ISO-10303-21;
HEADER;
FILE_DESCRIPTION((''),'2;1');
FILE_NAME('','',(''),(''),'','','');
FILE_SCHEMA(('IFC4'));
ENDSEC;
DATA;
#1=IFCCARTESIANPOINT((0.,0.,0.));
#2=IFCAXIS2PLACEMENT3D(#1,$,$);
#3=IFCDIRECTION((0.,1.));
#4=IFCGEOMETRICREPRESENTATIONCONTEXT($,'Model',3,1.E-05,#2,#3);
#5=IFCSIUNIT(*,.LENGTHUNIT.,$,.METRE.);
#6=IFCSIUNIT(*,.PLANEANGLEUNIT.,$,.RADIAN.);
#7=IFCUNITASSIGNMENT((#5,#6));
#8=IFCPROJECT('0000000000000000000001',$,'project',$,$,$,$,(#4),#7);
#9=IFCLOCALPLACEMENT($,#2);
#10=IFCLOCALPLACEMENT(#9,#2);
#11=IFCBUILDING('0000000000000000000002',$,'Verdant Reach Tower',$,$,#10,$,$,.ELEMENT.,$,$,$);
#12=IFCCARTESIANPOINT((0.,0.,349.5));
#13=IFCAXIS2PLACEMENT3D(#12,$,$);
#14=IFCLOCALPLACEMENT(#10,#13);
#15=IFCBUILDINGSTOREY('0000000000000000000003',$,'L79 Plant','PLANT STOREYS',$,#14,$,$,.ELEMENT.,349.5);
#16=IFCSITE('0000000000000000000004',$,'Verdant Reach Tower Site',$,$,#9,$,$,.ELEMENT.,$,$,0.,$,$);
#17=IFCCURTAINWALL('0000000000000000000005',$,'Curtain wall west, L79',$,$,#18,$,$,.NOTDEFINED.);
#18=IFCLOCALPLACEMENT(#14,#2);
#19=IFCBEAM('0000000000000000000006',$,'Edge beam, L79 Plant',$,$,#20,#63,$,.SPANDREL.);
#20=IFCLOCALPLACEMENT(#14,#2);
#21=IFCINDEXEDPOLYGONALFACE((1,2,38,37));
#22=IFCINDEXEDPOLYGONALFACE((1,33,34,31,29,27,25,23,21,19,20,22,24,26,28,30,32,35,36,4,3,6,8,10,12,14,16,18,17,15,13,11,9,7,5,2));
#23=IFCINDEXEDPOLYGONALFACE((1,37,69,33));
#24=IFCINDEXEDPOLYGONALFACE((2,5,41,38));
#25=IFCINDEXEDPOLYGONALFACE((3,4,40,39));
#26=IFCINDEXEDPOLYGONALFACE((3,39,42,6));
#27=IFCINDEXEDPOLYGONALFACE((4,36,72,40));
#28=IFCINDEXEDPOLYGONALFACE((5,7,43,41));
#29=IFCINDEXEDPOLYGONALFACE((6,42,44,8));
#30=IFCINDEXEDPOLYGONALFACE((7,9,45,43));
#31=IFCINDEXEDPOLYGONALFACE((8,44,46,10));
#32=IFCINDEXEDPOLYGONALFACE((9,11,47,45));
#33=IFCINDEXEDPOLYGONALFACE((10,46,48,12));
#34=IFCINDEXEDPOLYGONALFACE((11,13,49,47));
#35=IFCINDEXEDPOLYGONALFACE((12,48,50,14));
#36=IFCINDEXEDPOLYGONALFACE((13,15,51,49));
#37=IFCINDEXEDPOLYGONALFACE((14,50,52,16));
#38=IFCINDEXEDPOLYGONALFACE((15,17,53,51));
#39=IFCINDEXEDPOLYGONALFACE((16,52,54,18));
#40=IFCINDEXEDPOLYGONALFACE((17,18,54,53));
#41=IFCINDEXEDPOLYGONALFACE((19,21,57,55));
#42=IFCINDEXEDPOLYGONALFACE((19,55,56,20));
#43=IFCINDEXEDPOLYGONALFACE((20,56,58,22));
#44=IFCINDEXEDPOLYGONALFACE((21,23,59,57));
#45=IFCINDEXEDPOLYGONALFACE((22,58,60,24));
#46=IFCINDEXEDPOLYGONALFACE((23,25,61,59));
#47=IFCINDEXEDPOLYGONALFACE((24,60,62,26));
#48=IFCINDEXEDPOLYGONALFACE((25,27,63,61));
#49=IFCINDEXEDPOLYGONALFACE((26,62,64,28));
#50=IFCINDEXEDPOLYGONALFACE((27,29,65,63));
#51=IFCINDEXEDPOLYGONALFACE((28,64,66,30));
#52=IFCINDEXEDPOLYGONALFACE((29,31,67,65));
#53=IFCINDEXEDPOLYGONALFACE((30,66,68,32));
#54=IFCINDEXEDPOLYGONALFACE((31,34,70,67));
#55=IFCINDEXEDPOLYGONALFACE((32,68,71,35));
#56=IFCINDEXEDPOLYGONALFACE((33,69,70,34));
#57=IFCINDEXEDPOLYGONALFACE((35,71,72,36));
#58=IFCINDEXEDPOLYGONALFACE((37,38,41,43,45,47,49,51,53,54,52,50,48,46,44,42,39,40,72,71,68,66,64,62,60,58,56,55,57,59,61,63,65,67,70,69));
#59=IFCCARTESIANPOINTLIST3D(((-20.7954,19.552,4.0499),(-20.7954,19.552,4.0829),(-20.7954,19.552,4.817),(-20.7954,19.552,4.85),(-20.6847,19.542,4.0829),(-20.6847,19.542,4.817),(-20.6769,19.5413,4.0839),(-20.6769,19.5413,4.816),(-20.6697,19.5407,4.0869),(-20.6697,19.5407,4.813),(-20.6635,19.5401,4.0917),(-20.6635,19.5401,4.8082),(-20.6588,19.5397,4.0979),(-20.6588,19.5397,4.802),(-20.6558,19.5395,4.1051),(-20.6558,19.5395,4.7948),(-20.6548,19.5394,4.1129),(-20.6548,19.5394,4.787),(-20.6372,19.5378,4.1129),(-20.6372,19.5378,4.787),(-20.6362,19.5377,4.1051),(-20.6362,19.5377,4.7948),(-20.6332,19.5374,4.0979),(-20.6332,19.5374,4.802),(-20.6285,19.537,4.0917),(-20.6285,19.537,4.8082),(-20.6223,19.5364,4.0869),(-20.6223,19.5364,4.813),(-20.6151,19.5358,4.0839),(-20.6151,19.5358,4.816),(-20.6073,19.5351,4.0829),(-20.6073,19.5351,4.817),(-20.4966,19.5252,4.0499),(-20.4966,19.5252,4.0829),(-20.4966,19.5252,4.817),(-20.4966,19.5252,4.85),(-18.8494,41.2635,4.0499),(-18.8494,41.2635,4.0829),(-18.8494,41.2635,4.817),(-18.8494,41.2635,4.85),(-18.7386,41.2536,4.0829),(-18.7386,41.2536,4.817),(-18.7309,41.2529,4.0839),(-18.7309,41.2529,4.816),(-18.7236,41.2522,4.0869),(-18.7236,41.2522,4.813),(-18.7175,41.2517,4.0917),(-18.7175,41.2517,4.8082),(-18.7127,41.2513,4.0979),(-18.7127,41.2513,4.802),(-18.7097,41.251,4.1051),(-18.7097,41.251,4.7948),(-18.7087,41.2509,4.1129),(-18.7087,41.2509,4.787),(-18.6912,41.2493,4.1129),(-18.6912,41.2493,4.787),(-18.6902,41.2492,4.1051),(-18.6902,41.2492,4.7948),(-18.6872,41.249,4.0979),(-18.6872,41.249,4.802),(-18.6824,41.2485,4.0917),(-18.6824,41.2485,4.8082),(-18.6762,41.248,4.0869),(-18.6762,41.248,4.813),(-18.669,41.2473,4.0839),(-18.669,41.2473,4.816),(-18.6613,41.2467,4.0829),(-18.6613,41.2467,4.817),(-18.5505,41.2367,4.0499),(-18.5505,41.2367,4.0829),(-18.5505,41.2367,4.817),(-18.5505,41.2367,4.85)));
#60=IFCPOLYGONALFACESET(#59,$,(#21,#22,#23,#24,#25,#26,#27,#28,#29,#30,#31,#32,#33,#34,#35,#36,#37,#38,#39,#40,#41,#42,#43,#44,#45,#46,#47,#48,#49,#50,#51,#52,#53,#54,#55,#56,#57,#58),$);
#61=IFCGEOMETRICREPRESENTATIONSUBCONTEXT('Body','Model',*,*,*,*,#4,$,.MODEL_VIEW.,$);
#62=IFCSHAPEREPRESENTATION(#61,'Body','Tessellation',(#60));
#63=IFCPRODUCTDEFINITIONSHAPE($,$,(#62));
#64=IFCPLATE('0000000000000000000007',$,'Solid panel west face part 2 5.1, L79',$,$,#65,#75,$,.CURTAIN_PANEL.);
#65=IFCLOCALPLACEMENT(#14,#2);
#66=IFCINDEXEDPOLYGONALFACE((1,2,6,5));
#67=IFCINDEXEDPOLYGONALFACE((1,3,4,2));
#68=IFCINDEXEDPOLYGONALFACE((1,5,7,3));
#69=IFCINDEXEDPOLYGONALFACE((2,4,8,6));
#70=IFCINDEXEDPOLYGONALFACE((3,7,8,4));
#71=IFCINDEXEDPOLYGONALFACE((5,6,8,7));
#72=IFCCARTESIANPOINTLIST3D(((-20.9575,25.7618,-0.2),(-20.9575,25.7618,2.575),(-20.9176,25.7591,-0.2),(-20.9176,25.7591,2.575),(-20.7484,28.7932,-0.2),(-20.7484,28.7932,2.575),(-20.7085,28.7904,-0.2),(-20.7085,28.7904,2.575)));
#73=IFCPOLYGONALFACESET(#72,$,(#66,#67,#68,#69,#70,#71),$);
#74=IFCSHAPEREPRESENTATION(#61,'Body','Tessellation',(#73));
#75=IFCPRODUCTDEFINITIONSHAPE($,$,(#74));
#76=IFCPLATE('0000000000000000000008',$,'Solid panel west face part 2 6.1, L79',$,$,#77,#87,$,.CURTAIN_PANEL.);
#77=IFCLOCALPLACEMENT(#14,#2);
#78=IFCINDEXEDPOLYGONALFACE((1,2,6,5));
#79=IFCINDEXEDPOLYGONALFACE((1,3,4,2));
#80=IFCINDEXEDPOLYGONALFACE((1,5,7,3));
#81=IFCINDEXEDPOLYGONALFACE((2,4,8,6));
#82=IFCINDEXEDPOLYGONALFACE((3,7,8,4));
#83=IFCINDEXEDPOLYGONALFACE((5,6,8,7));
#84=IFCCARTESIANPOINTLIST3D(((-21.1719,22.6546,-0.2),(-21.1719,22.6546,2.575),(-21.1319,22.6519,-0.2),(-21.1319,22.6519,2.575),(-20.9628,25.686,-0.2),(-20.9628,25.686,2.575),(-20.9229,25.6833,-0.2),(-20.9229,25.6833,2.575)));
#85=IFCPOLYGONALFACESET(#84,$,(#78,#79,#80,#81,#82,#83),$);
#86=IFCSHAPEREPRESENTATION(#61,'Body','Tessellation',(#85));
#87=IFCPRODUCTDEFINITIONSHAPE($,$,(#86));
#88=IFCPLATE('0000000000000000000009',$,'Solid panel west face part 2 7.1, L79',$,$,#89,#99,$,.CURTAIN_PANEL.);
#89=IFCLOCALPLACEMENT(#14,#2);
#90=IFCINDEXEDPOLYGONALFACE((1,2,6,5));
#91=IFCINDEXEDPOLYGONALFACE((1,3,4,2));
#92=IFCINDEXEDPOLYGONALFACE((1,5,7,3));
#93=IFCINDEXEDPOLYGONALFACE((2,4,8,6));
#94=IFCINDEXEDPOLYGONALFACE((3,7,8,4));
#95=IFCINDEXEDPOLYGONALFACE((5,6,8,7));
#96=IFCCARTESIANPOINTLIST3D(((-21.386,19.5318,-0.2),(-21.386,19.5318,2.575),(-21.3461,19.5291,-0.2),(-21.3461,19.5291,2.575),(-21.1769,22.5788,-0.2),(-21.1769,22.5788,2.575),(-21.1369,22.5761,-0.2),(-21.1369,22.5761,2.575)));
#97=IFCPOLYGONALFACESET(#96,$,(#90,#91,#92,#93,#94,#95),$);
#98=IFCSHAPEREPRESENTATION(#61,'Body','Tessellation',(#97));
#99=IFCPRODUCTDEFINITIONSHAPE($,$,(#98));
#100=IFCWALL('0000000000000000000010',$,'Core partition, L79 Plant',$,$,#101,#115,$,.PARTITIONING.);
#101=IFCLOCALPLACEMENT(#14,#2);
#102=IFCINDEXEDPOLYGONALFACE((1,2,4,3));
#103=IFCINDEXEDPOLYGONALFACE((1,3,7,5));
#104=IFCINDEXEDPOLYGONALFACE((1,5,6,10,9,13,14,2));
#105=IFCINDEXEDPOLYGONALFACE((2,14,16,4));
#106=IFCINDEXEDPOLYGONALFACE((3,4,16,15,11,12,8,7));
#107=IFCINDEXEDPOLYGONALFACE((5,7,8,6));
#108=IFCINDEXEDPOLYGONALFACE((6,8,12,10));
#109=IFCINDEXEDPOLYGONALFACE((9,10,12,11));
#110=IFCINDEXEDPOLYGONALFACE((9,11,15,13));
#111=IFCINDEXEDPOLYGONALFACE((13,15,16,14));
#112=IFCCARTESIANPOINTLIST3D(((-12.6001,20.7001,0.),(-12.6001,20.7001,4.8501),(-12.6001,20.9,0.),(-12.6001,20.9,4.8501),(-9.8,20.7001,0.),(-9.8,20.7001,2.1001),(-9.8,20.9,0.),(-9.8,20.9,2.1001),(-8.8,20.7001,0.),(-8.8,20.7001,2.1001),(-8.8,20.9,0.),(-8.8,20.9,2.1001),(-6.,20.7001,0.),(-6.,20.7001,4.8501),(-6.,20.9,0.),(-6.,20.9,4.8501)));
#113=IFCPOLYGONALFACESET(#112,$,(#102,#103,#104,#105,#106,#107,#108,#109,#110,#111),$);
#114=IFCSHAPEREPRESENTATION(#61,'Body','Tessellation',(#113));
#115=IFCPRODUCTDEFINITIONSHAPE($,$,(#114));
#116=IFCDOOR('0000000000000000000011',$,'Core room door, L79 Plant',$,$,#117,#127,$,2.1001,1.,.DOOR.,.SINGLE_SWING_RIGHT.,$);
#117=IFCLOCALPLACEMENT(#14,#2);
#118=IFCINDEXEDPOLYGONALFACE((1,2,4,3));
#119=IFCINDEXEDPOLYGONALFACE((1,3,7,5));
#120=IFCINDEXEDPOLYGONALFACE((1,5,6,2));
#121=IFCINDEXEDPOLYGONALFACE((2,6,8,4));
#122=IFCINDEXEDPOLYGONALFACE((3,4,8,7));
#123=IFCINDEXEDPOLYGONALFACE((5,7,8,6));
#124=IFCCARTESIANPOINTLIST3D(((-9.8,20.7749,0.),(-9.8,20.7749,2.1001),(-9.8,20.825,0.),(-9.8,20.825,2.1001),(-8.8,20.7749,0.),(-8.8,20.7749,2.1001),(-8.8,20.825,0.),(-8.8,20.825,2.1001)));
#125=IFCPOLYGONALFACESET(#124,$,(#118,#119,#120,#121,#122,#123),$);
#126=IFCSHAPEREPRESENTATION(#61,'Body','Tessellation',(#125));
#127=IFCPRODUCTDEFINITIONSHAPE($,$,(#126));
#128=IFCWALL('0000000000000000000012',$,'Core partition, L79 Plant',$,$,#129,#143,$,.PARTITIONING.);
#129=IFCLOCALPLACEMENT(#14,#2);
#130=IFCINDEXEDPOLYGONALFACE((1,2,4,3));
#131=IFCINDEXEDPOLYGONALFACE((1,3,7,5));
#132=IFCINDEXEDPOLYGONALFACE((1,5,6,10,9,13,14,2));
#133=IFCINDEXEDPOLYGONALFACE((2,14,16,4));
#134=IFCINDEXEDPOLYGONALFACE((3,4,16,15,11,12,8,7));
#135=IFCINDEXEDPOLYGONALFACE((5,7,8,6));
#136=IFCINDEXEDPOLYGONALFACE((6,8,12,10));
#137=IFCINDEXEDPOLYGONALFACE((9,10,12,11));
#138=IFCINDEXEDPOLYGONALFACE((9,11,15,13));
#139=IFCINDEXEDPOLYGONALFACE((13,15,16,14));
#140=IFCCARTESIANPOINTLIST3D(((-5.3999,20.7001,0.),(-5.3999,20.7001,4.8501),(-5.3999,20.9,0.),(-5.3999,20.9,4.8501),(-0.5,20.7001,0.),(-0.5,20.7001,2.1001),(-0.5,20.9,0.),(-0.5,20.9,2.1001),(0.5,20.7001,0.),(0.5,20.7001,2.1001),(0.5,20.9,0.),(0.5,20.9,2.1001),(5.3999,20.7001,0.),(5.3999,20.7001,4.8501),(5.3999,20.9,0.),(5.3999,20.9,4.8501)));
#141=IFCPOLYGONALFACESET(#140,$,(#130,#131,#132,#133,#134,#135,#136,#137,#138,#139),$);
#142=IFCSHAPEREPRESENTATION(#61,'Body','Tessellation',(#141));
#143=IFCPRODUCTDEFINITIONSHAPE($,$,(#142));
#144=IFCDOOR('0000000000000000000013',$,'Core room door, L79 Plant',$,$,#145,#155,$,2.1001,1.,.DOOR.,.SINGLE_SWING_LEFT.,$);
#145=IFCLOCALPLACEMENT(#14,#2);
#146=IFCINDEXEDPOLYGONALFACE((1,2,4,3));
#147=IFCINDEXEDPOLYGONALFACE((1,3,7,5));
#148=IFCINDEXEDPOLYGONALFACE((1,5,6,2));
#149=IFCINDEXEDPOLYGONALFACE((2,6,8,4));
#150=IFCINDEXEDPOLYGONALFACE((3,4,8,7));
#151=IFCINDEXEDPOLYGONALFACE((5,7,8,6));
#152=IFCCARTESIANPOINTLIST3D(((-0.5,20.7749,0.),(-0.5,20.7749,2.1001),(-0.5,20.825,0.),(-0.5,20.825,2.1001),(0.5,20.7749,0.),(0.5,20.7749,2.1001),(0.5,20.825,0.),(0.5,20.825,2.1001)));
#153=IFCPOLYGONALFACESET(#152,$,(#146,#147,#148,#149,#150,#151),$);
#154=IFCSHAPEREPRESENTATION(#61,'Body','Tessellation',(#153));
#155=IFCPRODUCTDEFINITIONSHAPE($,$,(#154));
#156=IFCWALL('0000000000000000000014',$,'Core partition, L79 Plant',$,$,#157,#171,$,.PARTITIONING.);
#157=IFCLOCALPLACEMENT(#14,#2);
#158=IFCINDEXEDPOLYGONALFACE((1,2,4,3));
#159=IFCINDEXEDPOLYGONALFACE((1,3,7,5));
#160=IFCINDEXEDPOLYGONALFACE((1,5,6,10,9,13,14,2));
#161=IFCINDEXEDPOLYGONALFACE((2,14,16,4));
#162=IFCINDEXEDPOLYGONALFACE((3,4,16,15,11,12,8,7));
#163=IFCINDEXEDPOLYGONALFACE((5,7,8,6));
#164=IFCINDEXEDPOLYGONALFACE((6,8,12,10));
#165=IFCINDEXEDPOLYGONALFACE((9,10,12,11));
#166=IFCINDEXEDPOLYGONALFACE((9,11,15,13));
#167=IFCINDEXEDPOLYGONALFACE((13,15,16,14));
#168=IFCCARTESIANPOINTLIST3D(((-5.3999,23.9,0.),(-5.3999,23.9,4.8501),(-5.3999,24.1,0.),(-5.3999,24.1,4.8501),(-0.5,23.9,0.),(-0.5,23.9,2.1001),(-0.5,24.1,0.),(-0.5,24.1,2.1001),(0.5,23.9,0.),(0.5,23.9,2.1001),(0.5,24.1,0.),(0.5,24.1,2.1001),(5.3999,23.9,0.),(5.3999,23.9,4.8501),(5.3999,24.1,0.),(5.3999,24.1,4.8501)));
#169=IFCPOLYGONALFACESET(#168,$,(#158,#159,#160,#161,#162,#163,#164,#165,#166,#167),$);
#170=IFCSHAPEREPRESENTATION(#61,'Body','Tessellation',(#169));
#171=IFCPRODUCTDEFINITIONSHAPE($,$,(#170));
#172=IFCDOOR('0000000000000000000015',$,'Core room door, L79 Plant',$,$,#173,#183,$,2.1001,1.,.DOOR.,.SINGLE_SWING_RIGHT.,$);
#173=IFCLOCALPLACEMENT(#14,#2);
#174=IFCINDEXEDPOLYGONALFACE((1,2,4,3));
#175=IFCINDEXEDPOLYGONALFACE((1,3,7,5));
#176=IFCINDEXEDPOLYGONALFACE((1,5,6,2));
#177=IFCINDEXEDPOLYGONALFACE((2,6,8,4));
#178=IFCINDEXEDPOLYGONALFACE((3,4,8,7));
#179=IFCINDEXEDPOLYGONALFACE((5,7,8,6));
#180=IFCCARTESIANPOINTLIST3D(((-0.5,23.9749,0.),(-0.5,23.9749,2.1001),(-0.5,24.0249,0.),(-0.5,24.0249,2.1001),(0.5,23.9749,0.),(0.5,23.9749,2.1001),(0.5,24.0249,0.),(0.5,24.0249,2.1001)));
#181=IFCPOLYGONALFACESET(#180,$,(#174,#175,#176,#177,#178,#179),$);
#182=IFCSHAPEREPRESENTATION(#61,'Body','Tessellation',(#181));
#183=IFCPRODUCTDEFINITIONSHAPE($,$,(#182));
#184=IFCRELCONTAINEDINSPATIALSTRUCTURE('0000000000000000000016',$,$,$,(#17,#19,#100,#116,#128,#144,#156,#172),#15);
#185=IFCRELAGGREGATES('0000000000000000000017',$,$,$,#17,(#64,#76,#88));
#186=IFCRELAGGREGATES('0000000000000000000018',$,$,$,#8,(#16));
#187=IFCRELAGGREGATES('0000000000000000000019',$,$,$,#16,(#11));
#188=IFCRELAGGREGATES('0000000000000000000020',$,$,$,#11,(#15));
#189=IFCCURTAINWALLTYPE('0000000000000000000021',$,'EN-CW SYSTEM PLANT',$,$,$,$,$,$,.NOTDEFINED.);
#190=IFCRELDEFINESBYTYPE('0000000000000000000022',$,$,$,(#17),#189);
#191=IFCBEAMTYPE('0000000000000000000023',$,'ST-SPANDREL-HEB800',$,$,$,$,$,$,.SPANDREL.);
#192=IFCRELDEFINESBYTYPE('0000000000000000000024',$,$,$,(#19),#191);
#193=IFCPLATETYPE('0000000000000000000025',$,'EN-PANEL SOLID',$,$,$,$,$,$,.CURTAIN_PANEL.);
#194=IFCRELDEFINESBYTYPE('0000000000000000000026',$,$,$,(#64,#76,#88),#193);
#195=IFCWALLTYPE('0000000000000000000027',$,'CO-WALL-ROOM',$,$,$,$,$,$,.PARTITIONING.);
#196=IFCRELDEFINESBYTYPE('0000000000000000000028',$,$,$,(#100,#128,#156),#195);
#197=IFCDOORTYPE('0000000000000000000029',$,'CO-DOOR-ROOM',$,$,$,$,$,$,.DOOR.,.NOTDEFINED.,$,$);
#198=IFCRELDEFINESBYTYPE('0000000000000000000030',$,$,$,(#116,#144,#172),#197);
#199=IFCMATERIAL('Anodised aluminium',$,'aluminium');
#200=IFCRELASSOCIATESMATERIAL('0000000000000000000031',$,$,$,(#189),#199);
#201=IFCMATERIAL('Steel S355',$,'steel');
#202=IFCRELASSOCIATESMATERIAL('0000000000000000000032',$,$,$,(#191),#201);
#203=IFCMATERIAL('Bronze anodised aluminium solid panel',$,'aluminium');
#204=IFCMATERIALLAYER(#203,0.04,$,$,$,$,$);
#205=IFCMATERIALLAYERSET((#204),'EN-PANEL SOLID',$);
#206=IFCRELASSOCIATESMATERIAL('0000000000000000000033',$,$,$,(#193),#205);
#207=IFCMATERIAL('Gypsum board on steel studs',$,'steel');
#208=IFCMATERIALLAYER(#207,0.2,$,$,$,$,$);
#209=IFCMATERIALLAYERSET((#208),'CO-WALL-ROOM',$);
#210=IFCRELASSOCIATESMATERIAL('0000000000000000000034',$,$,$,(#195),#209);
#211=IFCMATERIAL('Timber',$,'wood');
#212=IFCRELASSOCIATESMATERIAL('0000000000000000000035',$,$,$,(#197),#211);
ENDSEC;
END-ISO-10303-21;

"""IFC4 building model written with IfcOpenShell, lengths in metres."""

from ifc_helpers import new_model, si_unit, direction, frame, frame_2d, origin, origin_2d, place, context, subcontext, project, spatial, rectangle, i_section, extrude, material, layer, layer_set, material_profile, profile_set, type_object, element, fill, aggregate, save


model = new_model("IFC4")

# Units and contexts
model_context = context("Model", 3, precision=1e-05, world=origin(), true_north=direction((0.0, 1.0)))
body_context = subcontext(model_context, "Body", "Model", "MODEL_VIEW")
ifc_project = project(units=[si_unit("LENGTHUNIT", "METRE"), si_unit("PLANEANGLEUNIT", "RADIAN")], contexts=[model_context])

# Site, building, storey
site_placement = place(None, origin())
site = spatial("IfcSite", under=ifc_project, at=site_placement, Name="Verdant Reach Tower Site", CompositionType="ELEMENT", RefElevation=0.0)
building_placement = place(site_placement, origin())
building = spatial("IfcBuilding", under=site, at=building_placement, Name="Verdant Reach Tower", CompositionType="ELEMENT")
storey_placement = place(building_placement, frame((0.0, 0.0, 349.5)))
storey = spatial("IfcBuildingStorey", under=building, at=storey_placement, Name="L79 Plant", Description="PLANT STOREYS", CompositionType="ELEMENT", Elevation=349.5)

# Curtain wall
ifc_material_1 = material(Name="Anodised aluminium", Category="aluminium")
curtain_wall_type = type_object("IfcCurtainWallType", Name="EN-CW SYSTEM PLANT", PredefinedType="NOTDEFINED", material=ifc_material_1)
curtain_wall_1_placement = place(storey_placement, origin())
curtain_wall_1 = element("IfcCurtainWall", 1, at=curtain_wall_1_placement, inside=storey, type_object=curtain_wall_type, Name="Curtain wall west, L79", PredefinedType="NOTDEFINED")

# Beam
ifc_material_2 = material(Name="Steel S355", Category="steel")
ifc_material_profile_1 = material_profile(ifc_material_2, i_section(OverallWidth=0.3, OverallDepth=0.8, WebThickness=0.0176, FlangeThickness=0.033, FilletRadius=0.03, at=origin_2d()), Name="HEB 800")
ifc_profile_set_1 = profile_set([ifc_material_profile_1], Name="Steel S355")
beam_type_1 = type_object("IfcBeamType", Name="ST-SPANDREL-HEB800", PredefinedType="SPANDREL", material=ifc_profile_set_1)
beam_1_placement = place(storey_placement, frame((-20.646, 19.5386, 4.45), z_axis=(0.089274, 0.996007, 0.0), x_axis=(-0.996007, 0.089274, 0.0)))
element("IfcBeam", 2, at=beam_1_placement, inside=storey, type_object=beam_type_1, Name="Edge beam, L79 Plant", PredefinedType="SPANDREL", context=body_context, shape_type="SweptSolid", body=[
    extrude(i_section(OverallWidth=0.3, OverallDepth=0.8, WebThickness=0.0176, FlangeThickness=0.033, FilletRadius=0.03, at=origin_2d()), origin(), (0.0, 0.0, 1.0), 21.7986),
])

# Plates
ifc_material_3 = material(Name="Bronze anodised aluminium solid panel", Category="aluminium")
ifc_layer_1 = layer(ifc_material_3, 0.04)
ifc_layer_set_1 = layer_set([ifc_layer_1], Name="EN-PANEL SOLID")
plate_type = type_object("IfcPlateType", Name="EN-PANEL SOLID", PredefinedType="CURTAIN_PANEL", material=ifc_layer_set_1)
plate_1_placement = place(storey_placement, frame((-20.833, 27.2761, -0.2), z_axis=(0.0, 0.0, 1.0), x_axis=(-0.068802, -0.99763, 0.0)))
plate_1 = element("IfcPlate", 3, at=plate_1_placement, type_object=plate_type, Name="Solid panel west face part 2 5.1, L79", PredefinedType="CURTAIN_PANEL", context=body_context, shape_type="SweptSolid", body=[
    extrude(rectangle(XDim=3.0386, YDim=0.04, at=origin_2d()), origin(), (0.0, 0.0, 1.0), 2.7749),
])
plate_2_placement = place(storey_placement, frame((-21.0474, 24.1689, -0.2), z_axis=(0.0, 0.0, 1.0), x_axis=(-0.068802, -0.99763, 0.0)))
plate_2 = element("IfcPlate", 4, at=plate_2_placement, type_object=plate_type, Name="Solid panel west face part 2 6.1, L79", PredefinedType="CURTAIN_PANEL", context=body_context, shape_type="SweptSolid", body=[
    extrude(rectangle(XDim=3.0386, YDim=0.04, at=origin_2d()), origin(), (0.0, 0.0, 1.0), 2.7749),
])
plate_3_placement = place(storey_placement, frame((-21.2615, 21.054, -0.2), z_axis=(0.0, 0.0, 1.0), x_axis=(-0.068469, -0.997653, 0.0)))
plate_3 = element("IfcPlate", 5, at=plate_3_placement, type_object=plate_type, Name="Solid panel west face part 2 7.1, L79", PredefinedType="CURTAIN_PANEL", context=body_context, shape_type="SweptSolid", body=[
    extrude(rectangle(XDim=3.0542, YDim=0.04, at=origin_2d()), origin(), (0.0, 0.0, 1.0), 2.7749),
])

# Walls, openings, doors
ifc_material_4 = material(Name="Gypsum board on steel studs", Category="steel")
ifc_layer_2 = layer(ifc_material_4, 0.2)
ifc_layer_set_2 = layer_set([ifc_layer_2], Name="CO-WALL-ROOM")
wall_type_1 = type_object("IfcWallType", Name="CO-WALL-ROOM", PredefinedType="PARTITIONING", material=ifc_layer_set_2)
wall_1_placement = place(storey_placement, frame((-12.6001, 20.8, 0.0), z_axis=(0.0, 0.0, 1.0), x_axis=(1.0, 0.0, 0.0)))
wall_1 = element("IfcWall", 6, at=wall_1_placement, inside=storey, type_object=wall_type_1, Name="Core partition, L79 Plant", PredefinedType="PARTITIONING", context=body_context, shape_type="SweptSolid", body=[
    extrude(rectangle(XDim=6.6001, YDim=0.2, at=frame_2d((3.3, 0.0))), origin(), (0.0, 0.0, 1.0), 4.8501),
])
opening_1_placement = place(wall_1_placement, frame((2.8, 0.0, 0.0)))
opening_1 = element("IfcOpeningElement", 7, at=opening_1_placement, cuts=wall_1, PredefinedType="OPENING", context=body_context, shape_type="SweptSolid", body=[
    extrude(rectangle(XDim=1.0, YDim=2.1001, at=frame_2d((0.5, 1.05))), frame((0.0, 0.1099, 0.0), z_axis=(0.0, -1.0, 0.0), x_axis=(1.0, 0.0, 0.0)), (0.0, 0.0, 1.0), 0.22),
])
ifc_material_5 = material(Name="Timber", Category="wood")
door_type_1 = type_object("IfcDoorType", Name="CO-DOOR-ROOM", OperationType="NOTDEFINED", PredefinedType="DOOR", material=ifc_material_5)
door_1_placement = place(opening_1_placement, origin())
door_1 = element("IfcDoor", 8, at=door_1_placement, inside=storey, type_object=door_type_1, Name="Core room door, L79 Plant", OperationType="SINGLE_SWING_RIGHT", OverallHeight=2.1001, OverallWidth=1.0, PredefinedType="DOOR", context=body_context, shape_type="SweptSolid", body=[
    extrude(rectangle(XDim=1.0, YDim=2.1001, at=frame_2d((0.5, 1.05))), frame((0.0, 0.0249, 0.0), z_axis=(0.0, -1.0, 0.0), x_axis=(1.0, 0.0, 0.0)), (0.0, 0.0, 1.0), 0.05),
])
fill(opening_1, door_1)
wall_2_placement = place(storey_placement, frame((-5.3999, 20.8, 0.0), z_axis=(0.0, 0.0, 1.0), x_axis=(1.0, 0.0, 0.0)))
wall_2 = element("IfcWall", 9, at=wall_2_placement, inside=storey, type_object=wall_type_1, Name="Core partition, L79 Plant", PredefinedType="PARTITIONING", context=body_context, shape_type="SweptSolid", body=[
    extrude(rectangle(XDim=10.7998, YDim=0.2, at=frame_2d((5.3999, 0.0))), origin(), (0.0, 0.0, 1.0), 4.8501),
])
opening_2_placement = place(wall_2_placement, frame((4.8999, 0.0, 0.0)))
opening_2 = element("IfcOpeningElement", 10, at=opening_2_placement, cuts=wall_2, PredefinedType="OPENING", context=body_context, shape_type="SweptSolid", body=[
    extrude(rectangle(XDim=1.0, YDim=2.1001, at=frame_2d((0.5, 1.05))), frame((0.0, 0.1099, 0.0), z_axis=(0.0, -1.0, 0.0), x_axis=(1.0, 0.0, 0.0)), (0.0, 0.0, 1.0), 0.22),
])
door_2_placement = place(opening_2_placement, origin())
door_2 = element("IfcDoor", 11, at=door_2_placement, inside=storey, type_object=door_type_1, Name="Core room door, L79 Plant", OperationType="SINGLE_SWING_LEFT", OverallHeight=2.1001, OverallWidth=1.0, PredefinedType="DOOR", context=body_context, shape_type="SweptSolid", body=[
    extrude(rectangle(XDim=1.0, YDim=2.1001, at=frame_2d((0.5, 1.05))), frame((0.0, 0.0249, 0.0), z_axis=(0.0, -1.0, 0.0), x_axis=(1.0, 0.0, 0.0)), (0.0, 0.0, 1.0), 0.05),
])
fill(opening_2, door_2)
wall_3_placement = place(storey_placement, frame((-5.3999, 24.0, 0.0), z_axis=(0.0, 0.0, 1.0), x_axis=(1.0, 0.0, 0.0)))
wall_3 = element("IfcWall", 12, at=wall_3_placement, inside=storey, type_object=wall_type_1, Name="Core partition, L79 Plant", PredefinedType="PARTITIONING", context=body_context, shape_type="SweptSolid", body=[
    extrude(rectangle(XDim=10.7998, YDim=0.2, at=frame_2d((5.3999, 0.0))), origin(), (0.0, 0.0, 1.0), 4.8501),
])
opening_3_placement = place(wall_3_placement, frame((4.8999, 0.0, 0.0)))
opening_3 = element("IfcOpeningElement", 13, at=opening_3_placement, cuts=wall_3, PredefinedType="OPENING", context=body_context, shape_type="SweptSolid", body=[
    extrude(rectangle(XDim=1.0, YDim=2.1001, at=frame_2d((0.5, 1.05))), frame((0.0, 0.1099, 0.0), z_axis=(0.0, -1.0, 0.0), x_axis=(1.0, 0.0, 0.0)), (0.0, 0.0, 1.0), 0.22),
])
door_3_placement = place(opening_3_placement, origin())
door_3 = element("IfcDoor", 14, at=door_3_placement, inside=storey, type_object=door_type_1, Name="Core room door, L79 Plant", OperationType="SINGLE_SWING_RIGHT", OverallHeight=2.1001, OverallWidth=1.0, PredefinedType="DOOR", context=body_context, shape_type="SweptSolid", body=[
    extrude(rectangle(XDim=1.0, YDim=2.1001, at=frame_2d((0.5, 1.05))), frame((0.0, 0.0249, 0.0), z_axis=(0.0, -1.0, 0.0), x_axis=(1.0, 0.0, 0.0)), (0.0, 0.0, 1.0), 0.05),
])
fill(opening_3, door_3)

aggregate(curtain_wall_1, [plate_1, plate_2, plate_3])

save(model, "model.ifc")
